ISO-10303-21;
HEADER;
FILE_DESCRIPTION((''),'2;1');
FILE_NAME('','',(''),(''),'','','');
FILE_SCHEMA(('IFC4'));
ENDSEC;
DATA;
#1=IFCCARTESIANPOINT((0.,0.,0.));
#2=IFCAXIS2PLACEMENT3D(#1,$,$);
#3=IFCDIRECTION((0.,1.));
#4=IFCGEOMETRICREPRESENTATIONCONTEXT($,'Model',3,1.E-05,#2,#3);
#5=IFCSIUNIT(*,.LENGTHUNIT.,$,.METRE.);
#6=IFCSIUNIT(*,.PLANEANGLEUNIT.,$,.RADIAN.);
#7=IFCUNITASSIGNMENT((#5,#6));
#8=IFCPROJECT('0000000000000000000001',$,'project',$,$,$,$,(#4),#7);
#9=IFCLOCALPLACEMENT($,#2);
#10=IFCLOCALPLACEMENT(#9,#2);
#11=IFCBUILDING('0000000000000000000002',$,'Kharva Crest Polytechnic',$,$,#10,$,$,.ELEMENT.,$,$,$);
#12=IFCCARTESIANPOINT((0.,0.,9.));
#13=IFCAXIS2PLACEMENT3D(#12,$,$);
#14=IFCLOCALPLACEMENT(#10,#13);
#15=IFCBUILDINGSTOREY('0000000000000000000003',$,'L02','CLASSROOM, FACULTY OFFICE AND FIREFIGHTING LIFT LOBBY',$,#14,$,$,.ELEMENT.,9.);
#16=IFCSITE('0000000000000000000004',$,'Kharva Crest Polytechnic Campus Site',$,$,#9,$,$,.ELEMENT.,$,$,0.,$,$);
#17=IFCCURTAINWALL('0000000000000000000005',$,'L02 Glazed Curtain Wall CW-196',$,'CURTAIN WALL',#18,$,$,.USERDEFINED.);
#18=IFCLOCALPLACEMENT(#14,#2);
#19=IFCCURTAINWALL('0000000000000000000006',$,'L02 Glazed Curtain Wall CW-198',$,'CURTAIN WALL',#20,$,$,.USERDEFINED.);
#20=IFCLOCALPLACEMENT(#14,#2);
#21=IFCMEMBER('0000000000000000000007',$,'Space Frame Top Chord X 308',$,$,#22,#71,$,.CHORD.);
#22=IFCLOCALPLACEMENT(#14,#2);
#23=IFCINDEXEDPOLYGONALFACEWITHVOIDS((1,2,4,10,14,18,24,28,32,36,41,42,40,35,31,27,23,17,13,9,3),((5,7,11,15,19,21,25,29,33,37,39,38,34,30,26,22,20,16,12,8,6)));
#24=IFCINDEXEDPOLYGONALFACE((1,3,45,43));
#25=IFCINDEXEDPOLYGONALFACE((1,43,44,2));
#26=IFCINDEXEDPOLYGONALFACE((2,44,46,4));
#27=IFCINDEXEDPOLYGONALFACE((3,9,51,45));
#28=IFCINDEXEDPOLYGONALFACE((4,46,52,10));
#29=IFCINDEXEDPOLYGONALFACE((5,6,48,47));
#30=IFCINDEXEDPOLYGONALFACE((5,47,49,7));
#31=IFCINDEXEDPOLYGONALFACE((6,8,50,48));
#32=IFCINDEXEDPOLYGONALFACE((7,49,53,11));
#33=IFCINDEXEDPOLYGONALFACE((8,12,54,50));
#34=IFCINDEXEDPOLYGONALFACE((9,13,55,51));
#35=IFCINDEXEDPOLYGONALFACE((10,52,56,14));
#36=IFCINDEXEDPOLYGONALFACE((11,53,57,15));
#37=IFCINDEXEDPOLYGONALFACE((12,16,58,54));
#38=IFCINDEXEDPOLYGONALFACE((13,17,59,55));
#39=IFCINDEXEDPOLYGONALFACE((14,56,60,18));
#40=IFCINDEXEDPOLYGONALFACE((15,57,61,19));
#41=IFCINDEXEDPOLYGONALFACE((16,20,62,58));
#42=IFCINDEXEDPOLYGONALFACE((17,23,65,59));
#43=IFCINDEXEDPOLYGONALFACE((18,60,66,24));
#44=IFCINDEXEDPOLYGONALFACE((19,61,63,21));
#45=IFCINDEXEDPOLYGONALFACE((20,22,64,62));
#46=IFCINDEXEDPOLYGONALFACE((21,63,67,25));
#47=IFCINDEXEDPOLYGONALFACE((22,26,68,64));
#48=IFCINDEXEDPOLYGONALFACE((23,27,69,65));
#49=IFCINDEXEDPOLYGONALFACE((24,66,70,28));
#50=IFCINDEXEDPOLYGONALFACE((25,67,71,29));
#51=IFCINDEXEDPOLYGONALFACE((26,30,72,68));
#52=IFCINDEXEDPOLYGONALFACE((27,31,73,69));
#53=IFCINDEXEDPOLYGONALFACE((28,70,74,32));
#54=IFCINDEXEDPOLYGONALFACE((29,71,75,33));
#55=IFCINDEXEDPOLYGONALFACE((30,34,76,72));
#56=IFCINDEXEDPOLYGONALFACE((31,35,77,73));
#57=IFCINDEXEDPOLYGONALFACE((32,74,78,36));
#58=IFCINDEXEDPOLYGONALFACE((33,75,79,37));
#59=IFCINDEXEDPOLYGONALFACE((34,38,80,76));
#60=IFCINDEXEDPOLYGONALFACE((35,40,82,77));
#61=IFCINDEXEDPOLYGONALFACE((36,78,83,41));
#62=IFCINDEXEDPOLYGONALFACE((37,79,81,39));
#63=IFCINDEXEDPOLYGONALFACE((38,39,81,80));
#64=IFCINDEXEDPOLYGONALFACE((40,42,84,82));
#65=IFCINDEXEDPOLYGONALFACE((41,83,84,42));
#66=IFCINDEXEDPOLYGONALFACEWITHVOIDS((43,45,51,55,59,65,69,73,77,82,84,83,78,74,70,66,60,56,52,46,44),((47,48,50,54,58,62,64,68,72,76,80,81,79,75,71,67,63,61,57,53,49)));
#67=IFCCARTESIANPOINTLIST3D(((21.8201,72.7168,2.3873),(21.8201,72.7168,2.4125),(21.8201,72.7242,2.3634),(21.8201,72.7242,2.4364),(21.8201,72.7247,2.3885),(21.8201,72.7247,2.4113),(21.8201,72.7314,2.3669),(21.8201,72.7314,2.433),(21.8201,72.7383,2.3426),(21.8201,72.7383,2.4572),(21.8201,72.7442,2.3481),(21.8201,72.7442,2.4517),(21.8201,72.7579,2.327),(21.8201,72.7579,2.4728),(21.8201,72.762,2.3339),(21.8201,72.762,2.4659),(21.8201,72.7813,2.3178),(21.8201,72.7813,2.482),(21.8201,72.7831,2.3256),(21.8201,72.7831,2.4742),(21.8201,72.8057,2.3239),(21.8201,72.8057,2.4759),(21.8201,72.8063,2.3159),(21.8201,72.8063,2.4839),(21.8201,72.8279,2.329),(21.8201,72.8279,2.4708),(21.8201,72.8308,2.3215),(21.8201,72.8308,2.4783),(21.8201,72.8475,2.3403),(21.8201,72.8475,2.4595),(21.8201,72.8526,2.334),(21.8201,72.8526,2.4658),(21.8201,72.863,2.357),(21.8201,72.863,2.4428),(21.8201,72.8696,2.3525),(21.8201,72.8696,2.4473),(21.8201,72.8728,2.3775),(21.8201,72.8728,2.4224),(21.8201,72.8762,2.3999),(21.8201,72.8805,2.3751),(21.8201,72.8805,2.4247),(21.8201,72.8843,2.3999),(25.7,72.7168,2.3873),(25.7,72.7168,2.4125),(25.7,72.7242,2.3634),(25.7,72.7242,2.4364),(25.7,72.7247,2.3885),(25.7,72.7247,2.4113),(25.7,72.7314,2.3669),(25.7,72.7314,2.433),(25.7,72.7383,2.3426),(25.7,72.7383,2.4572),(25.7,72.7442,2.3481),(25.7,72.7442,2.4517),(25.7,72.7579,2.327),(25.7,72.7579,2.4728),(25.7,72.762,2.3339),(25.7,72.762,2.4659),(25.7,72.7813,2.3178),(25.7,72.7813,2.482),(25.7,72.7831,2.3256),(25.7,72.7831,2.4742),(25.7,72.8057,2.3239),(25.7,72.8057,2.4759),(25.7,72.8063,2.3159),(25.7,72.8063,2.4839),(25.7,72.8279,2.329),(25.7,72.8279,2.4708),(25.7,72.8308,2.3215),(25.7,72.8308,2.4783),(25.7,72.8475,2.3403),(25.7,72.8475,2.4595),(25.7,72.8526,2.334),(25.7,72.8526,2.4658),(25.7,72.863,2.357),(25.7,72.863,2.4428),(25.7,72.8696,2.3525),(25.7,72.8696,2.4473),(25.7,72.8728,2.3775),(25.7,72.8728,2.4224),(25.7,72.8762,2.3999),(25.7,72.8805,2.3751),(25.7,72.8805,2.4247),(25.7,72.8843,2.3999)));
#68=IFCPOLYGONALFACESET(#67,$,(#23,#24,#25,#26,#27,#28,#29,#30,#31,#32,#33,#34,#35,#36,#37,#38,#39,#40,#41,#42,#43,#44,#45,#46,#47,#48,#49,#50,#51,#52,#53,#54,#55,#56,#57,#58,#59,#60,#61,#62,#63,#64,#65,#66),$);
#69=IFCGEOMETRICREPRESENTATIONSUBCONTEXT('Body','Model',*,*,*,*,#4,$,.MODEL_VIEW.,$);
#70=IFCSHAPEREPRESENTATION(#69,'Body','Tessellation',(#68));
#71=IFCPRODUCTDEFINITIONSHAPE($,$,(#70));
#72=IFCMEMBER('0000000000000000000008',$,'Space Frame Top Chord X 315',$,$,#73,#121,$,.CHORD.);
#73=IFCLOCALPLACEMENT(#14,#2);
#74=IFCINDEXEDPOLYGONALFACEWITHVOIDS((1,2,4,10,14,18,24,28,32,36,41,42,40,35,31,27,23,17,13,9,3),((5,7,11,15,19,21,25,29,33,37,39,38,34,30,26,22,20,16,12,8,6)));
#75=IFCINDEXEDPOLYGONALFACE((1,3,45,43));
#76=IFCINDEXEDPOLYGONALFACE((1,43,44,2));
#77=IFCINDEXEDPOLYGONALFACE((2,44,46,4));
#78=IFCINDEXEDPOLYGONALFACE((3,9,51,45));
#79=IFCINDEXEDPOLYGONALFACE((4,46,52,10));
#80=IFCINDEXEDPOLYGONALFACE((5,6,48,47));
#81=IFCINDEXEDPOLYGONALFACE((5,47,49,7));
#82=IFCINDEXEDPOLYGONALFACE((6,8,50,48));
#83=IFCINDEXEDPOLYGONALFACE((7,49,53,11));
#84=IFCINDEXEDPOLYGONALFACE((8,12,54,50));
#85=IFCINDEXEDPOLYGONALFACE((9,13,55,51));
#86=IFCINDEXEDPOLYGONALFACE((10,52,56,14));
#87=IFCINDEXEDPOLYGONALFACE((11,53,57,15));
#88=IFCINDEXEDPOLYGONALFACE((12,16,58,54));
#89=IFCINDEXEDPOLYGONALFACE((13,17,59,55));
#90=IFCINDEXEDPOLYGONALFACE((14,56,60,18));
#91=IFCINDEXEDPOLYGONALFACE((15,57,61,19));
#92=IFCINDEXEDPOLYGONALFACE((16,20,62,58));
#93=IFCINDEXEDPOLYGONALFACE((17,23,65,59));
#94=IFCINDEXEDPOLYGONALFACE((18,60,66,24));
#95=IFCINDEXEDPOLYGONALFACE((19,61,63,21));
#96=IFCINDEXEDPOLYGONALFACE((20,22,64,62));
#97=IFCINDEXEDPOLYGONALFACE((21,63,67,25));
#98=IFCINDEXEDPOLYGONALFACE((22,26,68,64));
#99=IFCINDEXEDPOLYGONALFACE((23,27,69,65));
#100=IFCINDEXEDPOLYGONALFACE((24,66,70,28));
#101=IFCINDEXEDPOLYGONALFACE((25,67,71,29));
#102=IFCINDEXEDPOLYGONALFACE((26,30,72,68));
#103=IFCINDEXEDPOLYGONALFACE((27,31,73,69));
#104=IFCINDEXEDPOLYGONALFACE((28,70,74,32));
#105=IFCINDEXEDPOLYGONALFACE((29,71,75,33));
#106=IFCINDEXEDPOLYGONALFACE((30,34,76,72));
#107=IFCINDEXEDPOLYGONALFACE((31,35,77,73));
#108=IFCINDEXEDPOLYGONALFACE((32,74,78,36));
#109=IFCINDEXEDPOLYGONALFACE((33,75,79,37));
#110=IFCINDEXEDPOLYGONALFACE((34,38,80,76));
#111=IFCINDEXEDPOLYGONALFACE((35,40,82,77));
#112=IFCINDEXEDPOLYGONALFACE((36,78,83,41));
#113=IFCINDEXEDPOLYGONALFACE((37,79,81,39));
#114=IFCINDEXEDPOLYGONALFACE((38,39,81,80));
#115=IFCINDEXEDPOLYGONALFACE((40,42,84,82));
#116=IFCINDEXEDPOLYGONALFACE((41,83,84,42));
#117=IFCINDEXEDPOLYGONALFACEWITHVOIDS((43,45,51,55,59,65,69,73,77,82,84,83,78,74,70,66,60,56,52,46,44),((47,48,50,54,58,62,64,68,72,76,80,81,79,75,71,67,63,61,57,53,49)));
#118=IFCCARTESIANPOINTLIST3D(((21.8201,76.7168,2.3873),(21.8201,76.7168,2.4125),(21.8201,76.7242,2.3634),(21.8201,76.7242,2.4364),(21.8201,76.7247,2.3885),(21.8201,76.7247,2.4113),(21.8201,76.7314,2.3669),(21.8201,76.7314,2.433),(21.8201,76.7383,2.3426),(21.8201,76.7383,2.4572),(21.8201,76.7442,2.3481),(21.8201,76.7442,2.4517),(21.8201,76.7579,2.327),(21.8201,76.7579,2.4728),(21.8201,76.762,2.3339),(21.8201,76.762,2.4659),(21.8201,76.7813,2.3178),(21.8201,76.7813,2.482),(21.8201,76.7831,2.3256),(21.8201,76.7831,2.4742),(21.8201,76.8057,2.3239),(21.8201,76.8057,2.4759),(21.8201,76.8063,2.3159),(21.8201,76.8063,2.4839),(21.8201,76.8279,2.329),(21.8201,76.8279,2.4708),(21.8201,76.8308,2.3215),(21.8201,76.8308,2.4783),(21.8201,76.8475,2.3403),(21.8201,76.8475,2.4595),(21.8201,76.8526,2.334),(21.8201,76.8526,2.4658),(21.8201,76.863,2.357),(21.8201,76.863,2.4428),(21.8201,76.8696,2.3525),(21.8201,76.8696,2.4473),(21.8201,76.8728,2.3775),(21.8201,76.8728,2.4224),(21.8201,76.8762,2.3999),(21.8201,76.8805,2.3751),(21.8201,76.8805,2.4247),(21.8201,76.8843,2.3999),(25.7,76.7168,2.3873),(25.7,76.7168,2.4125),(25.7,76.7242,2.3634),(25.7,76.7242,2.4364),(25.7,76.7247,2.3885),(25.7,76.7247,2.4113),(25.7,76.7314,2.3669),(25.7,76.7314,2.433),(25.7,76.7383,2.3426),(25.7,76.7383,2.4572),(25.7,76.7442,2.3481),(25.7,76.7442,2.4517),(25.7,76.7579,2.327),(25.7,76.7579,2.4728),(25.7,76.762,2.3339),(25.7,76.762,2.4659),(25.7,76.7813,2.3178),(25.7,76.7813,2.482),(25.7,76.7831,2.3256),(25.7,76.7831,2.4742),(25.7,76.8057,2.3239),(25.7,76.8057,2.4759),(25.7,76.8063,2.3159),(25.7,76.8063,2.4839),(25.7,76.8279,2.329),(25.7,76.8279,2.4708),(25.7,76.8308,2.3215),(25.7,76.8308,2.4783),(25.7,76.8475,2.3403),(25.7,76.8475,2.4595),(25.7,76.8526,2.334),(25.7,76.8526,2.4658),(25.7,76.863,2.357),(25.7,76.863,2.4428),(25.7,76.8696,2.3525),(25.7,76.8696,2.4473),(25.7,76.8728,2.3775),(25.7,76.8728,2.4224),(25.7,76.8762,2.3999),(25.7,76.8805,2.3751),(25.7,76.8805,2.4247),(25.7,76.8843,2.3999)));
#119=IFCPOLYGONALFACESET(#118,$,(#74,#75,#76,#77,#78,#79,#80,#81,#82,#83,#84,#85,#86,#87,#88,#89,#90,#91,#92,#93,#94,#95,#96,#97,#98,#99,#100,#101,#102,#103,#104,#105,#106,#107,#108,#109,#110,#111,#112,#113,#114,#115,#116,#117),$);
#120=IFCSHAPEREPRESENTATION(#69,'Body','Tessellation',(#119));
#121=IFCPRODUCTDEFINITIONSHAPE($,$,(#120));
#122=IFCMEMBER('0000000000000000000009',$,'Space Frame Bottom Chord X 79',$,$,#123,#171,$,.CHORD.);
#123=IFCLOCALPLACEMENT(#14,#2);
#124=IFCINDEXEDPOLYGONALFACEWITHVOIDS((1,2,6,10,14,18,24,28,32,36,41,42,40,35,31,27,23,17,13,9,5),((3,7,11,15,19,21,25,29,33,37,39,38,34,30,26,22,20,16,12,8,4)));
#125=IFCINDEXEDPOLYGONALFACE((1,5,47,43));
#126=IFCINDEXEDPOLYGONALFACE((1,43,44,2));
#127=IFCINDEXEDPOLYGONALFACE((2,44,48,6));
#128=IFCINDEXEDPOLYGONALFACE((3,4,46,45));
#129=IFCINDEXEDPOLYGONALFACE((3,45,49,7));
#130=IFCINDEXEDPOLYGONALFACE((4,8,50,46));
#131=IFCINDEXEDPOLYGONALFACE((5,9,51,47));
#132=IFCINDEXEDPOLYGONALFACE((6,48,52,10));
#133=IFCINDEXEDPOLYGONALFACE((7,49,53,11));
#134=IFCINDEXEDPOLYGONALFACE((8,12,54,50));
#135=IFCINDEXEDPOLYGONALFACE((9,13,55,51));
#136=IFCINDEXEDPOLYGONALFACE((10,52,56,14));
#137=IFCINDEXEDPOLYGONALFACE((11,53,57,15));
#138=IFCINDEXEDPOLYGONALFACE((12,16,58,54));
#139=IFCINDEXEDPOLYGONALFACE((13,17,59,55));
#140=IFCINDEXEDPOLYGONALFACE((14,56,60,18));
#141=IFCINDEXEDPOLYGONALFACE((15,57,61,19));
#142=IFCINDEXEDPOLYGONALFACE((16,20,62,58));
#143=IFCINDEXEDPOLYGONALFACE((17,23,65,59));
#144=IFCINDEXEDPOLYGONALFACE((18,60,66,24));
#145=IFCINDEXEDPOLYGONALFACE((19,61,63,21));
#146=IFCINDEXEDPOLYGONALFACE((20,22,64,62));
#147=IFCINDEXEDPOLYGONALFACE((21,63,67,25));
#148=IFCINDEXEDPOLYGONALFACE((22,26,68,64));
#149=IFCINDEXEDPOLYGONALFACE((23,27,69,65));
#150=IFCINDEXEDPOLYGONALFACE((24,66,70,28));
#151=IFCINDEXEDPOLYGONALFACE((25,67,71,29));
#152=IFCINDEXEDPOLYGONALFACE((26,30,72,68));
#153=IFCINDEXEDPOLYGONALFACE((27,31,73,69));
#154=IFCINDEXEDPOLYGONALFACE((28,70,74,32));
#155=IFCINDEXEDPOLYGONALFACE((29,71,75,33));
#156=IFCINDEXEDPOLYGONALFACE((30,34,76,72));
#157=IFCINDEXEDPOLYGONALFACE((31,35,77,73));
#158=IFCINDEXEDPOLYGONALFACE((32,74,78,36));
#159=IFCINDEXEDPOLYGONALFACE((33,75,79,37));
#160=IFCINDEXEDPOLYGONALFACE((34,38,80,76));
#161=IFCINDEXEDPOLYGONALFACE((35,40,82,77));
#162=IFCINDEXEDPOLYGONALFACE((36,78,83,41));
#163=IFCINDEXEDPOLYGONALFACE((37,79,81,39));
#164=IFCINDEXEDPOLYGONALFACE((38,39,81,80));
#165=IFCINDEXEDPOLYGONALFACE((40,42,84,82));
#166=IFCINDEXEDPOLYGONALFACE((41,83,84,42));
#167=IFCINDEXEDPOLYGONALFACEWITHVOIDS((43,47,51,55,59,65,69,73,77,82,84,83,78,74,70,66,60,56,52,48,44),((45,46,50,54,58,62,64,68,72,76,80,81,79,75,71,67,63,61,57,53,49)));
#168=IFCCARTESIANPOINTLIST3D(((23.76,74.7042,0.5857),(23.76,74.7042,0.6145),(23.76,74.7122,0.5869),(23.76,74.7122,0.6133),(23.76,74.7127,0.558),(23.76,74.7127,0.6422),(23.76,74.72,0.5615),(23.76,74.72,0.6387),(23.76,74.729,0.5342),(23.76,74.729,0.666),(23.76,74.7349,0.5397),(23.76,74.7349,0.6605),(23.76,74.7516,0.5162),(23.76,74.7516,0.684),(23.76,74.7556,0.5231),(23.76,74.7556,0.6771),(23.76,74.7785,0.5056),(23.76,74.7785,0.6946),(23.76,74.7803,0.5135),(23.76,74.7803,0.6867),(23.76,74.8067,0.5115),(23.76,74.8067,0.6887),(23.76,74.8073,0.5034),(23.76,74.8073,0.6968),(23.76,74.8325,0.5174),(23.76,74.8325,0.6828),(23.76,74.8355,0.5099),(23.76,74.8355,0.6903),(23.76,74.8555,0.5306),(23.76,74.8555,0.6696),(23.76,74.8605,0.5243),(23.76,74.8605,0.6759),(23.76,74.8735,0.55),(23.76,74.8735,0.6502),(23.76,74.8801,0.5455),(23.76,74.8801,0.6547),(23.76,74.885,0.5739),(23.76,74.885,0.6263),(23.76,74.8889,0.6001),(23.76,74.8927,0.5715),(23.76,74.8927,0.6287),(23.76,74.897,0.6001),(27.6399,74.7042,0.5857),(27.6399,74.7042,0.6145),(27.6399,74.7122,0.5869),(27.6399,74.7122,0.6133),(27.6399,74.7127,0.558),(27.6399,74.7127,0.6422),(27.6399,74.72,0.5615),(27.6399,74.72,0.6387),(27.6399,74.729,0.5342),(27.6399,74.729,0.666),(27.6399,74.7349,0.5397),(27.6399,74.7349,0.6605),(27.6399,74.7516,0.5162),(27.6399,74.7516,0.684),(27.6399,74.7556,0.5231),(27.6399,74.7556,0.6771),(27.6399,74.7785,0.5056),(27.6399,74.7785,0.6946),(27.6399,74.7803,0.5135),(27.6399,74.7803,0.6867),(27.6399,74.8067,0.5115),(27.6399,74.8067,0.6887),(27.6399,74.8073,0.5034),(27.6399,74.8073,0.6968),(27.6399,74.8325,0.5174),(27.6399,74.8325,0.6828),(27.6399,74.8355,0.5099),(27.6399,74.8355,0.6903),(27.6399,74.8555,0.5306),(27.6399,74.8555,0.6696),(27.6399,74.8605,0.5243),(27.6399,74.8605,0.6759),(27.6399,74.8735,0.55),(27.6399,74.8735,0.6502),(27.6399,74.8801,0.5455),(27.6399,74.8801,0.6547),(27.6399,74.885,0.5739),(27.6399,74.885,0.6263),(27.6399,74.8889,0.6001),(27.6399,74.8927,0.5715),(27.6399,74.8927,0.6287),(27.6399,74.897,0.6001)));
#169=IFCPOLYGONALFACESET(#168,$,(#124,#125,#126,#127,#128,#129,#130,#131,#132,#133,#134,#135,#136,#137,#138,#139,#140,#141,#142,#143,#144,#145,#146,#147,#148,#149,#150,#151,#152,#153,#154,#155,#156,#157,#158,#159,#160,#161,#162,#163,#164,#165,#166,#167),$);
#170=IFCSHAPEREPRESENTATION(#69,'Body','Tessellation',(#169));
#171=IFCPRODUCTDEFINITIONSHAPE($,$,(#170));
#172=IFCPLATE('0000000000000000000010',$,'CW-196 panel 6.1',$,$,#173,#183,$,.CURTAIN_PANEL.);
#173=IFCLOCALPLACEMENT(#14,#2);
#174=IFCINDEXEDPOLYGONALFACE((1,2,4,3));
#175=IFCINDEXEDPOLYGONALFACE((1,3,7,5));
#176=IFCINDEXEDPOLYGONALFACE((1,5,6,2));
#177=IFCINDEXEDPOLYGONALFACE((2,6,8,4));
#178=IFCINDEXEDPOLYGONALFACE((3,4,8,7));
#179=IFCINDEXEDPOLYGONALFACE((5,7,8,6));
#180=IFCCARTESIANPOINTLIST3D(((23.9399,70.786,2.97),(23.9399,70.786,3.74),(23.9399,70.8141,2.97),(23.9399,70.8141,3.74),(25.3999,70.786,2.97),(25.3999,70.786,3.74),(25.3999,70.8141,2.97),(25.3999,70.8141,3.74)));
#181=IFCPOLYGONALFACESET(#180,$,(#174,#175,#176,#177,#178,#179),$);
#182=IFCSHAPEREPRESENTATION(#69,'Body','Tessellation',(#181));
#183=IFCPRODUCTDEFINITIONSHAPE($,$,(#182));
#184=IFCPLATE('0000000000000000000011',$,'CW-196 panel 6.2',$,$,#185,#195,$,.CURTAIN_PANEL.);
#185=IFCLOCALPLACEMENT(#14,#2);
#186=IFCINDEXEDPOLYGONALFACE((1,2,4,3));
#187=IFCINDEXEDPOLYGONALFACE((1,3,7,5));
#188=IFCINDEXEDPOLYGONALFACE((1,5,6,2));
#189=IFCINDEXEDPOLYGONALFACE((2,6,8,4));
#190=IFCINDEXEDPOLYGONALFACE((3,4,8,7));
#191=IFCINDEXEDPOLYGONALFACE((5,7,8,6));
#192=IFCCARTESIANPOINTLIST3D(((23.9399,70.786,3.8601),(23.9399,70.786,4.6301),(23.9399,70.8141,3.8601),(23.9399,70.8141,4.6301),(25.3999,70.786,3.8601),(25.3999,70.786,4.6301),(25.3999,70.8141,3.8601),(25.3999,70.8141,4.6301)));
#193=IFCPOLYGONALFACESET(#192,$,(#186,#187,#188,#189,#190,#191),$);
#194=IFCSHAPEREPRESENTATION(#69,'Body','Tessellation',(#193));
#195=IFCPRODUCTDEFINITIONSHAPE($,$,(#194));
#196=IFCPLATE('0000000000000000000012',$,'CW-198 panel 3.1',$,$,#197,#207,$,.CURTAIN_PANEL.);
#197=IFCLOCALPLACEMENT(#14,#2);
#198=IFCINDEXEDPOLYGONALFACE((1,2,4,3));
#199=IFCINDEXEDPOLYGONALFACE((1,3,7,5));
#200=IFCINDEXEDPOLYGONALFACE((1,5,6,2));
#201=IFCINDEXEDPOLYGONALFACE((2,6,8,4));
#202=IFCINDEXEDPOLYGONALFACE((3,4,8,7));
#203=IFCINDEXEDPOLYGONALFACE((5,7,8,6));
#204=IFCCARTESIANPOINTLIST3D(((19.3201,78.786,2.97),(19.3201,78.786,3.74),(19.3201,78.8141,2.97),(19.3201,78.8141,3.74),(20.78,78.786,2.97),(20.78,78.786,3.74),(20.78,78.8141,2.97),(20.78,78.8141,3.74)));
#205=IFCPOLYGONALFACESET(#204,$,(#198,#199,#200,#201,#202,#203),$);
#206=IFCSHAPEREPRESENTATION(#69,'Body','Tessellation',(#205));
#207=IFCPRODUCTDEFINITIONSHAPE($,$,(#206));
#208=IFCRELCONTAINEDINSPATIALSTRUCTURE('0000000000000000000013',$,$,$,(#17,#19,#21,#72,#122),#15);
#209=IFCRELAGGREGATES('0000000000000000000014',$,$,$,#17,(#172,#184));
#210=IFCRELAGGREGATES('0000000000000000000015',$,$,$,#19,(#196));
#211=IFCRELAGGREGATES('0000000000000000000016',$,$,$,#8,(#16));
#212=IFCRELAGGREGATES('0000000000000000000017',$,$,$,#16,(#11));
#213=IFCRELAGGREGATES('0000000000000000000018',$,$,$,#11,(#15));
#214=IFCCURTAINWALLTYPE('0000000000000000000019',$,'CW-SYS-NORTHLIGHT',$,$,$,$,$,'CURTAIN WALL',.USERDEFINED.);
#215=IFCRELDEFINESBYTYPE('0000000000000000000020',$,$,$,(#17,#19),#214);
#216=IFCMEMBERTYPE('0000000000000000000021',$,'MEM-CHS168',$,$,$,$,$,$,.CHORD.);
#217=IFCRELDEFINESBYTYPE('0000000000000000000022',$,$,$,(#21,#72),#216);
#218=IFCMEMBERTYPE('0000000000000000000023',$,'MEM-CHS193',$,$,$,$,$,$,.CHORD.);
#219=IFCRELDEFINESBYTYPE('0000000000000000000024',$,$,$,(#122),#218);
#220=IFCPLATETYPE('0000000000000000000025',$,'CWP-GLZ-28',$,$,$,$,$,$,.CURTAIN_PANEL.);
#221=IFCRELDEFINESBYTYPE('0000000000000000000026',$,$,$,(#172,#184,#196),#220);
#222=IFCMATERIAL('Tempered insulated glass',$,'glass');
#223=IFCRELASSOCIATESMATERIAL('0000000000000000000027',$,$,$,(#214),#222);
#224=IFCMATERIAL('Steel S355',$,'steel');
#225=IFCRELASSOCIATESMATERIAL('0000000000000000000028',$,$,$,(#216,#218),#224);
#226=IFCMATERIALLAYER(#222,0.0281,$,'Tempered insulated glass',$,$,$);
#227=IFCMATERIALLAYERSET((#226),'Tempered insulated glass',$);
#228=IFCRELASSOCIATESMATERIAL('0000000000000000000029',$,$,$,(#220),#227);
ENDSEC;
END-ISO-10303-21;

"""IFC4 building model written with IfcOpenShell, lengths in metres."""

from ifc_helpers import new_model, si_unit, direction, frame, origin, origin_2d, place, context, subcontext, project, spatial, rectangle, hollow_circle, extrude, material, layer, layer_set, material_profile, profile_set, type_object, element, aggregate, save


model = new_model("IFC4")

# Units and contexts
model_context = context("Model", 3, precision=1e-05, world=origin(), true_north=direction((0.0, 1.0)))
body_context = subcontext(model_context, "Body", "Model", "MODEL_VIEW")
ifc_project = project(units=[si_unit("LENGTHUNIT", "METRE"), si_unit("PLANEANGLEUNIT", "RADIAN")], contexts=[model_context])

# Site, building, storey
site_placement = place(None, origin())
site = spatial("IfcSite", under=ifc_project, at=site_placement, Name="Kharva Crest Polytechnic Campus Site", CompositionType="ELEMENT", RefElevation=0.0)
building_placement = place(site_placement, origin())
building = spatial("IfcBuilding", under=site, at=building_placement, Name="Kharva Crest Polytechnic", CompositionType="ELEMENT")
storey_placement = place(building_placement, frame((0.0, 0.0, 9.0)))
storey = spatial("IfcBuildingStorey", under=building, at=storey_placement, Name="L02", Description="CLASSROOM, FACULTY OFFICE AND FIREFIGHTING LIFT LOBBY", CompositionType="ELEMENT", Elevation=9.0)

# Curtain wall
ifc_material_1 = material(Name="Tempered insulated glass", Category="glass")
curtain_wall_type = type_object("IfcCurtainWallType", Name="CW-SYS-NORTHLIGHT", ElementType="CURTAIN WALL", PredefinedType="USERDEFINED", material=ifc_material_1)
curtain_wall_1_placement = place(storey_placement, origin())
curtain_wall_1 = element("IfcCurtainWall", 1, at=curtain_wall_1_placement, inside=storey, type_object=curtain_wall_type, Name="L02 Glazed Curtain Wall CW-196", ObjectType="CURTAIN WALL", PredefinedType="USERDEFINED")
ifc_material_2 = material(Name="Steel S355", Category="steel")

# Curtain wall
curtain_wall_2_placement = place(storey_placement, origin())
curtain_wall_2 = element("IfcCurtainWall", 2, at=curtain_wall_2_placement, inside=storey, type_object=curtain_wall_type, Name="L02 Glazed Curtain Wall CW-198", ObjectType="CURTAIN WALL", PredefinedType="USERDEFINED")

# Members
ifc_material_profile_1 = material_profile(ifc_material_2, hollow_circle(Radius=0.0842, WallThickness=0.0081, at=origin_2d()), Name="CHS 168.3X8.0")
ifc_profile_set_1 = profile_set([ifc_material_profile_1], Name="Steel S355")
member_type_1 = type_object("IfcMemberType", Name="MEM-CHS168", PredefinedType="CHORD", material=ifc_profile_set_1)
for number, where, z_axis, x_axis, name in (
    (3, (21.8201, 72.8, 2.3999), (1.0, 0.0, 0.0), (0.0, 1.0, 0.0), "Space Frame Top Chord X 308"),
    (4, (21.8201, 76.8, 2.3999), (1.0, 0.0, 0.0), (0.0, 1.0, 0.0), "Space Frame Top Chord X 315"),
):
    element("IfcMember", number, at=place(storey_placement, frame(where, z_axis=z_axis, x_axis=x_axis)), inside=storey, type_object=member_type_1, Name=name, PredefinedType="CHORD", context=body_context, shape_type="SweptSolid", body=[
        extrude(hollow_circle(Radius=0.0842, WallThickness=0.0081, at=origin_2d()), origin(), (0.0, 0.0, 1.0), 3.8799),
    ])
ifc_material_profile_2 = material_profile(ifc_material_2, hollow_circle(Radius=0.0969, WallThickness=0.0081, at=origin_2d()), Name="CHS 193.7X8.0")
ifc_profile_set_2 = profile_set([ifc_material_profile_2], Name="Steel S355")
member_type_2 = type_object("IfcMemberType", Name="MEM-CHS193", PredefinedType="CHORD", material=ifc_profile_set_2)
member_1_placement = place(storey_placement, frame((23.76, 74.8, 0.6001), z_axis=(1.0, 0.0, 0.0), x_axis=(0.0, 1.0, 0.0)))
element("IfcMember", 5, at=member_1_placement, inside=storey, type_object=member_type_2, Name="Space Frame Bottom Chord X 79", PredefinedType="CHORD", context=body_context, shape_type="SweptSolid", body=[
    extrude(hollow_circle(Radius=0.0969, WallThickness=0.0081, at=origin_2d()), origin(), (0.0, 0.0, 1.0), 3.8799),
])

# Plates
ifc_layer = layer(ifc_material_1, 0.0281, Name="Tempered insulated glass")
ifc_layer_set = layer_set([ifc_layer], Name="Tempered insulated glass")
plate_type = type_object("IfcPlateType", Name="CWP-GLZ-28", PredefinedType="CURTAIN_PANEL", material=ifc_layer_set)
plate_1_placement = place(storey_placement, frame((24.6699, 70.8, 2.97), z_axis=(0.0, 0.0, 1.0), x_axis=(1.0, 0.0, 0.0)))
plate_1 = element("IfcPlate", 6, at=plate_1_placement, type_object=plate_type, Name="CW-196 panel 6.1", PredefinedType="CURTAIN_PANEL", context=body_context, shape_type="SweptSolid", body=[
    extrude(rectangle(XDim=1.46, YDim=0.0281, at=origin_2d()), origin(), (0.0, 0.0, 1.0), 0.77),
])
plate_2_placement = place(storey_placement, frame((24.6699, 70.8, 3.8601), z_axis=(0.0, 0.0, 1.0), x_axis=(1.0, 0.0, 0.0)))
plate_2 = element("IfcPlate", 7, at=plate_2_placement, type_object=plate_type, Name="CW-196 panel 6.2", PredefinedType="CURTAIN_PANEL", context=body_context, shape_type="SweptSolid", body=[
    extrude(rectangle(XDim=1.46, YDim=0.0281, at=origin_2d()), origin(), (0.0, 0.0, 1.0), 0.77),
])
aggregate(curtain_wall_1, [plate_1, plate_2])
plate_3_placement = place(storey_placement, frame((20.05, 78.8, 2.97), z_axis=(0.0, 0.0, 1.0), x_axis=(1.0, 0.0, 0.0)))
plate_3 = element("IfcPlate", 8, at=plate_3_placement, type_object=plate_type, Name="CW-198 panel 3.1", PredefinedType="CURTAIN_PANEL", context=body_context, shape_type="SweptSolid", body=[
    extrude(rectangle(XDim=1.46, YDim=0.0281, at=origin_2d()), origin(), (0.0, 0.0, 1.0), 0.77),
])
aggregate(curtain_wall_2, [plate_3])

save(model, "model.ifc")
